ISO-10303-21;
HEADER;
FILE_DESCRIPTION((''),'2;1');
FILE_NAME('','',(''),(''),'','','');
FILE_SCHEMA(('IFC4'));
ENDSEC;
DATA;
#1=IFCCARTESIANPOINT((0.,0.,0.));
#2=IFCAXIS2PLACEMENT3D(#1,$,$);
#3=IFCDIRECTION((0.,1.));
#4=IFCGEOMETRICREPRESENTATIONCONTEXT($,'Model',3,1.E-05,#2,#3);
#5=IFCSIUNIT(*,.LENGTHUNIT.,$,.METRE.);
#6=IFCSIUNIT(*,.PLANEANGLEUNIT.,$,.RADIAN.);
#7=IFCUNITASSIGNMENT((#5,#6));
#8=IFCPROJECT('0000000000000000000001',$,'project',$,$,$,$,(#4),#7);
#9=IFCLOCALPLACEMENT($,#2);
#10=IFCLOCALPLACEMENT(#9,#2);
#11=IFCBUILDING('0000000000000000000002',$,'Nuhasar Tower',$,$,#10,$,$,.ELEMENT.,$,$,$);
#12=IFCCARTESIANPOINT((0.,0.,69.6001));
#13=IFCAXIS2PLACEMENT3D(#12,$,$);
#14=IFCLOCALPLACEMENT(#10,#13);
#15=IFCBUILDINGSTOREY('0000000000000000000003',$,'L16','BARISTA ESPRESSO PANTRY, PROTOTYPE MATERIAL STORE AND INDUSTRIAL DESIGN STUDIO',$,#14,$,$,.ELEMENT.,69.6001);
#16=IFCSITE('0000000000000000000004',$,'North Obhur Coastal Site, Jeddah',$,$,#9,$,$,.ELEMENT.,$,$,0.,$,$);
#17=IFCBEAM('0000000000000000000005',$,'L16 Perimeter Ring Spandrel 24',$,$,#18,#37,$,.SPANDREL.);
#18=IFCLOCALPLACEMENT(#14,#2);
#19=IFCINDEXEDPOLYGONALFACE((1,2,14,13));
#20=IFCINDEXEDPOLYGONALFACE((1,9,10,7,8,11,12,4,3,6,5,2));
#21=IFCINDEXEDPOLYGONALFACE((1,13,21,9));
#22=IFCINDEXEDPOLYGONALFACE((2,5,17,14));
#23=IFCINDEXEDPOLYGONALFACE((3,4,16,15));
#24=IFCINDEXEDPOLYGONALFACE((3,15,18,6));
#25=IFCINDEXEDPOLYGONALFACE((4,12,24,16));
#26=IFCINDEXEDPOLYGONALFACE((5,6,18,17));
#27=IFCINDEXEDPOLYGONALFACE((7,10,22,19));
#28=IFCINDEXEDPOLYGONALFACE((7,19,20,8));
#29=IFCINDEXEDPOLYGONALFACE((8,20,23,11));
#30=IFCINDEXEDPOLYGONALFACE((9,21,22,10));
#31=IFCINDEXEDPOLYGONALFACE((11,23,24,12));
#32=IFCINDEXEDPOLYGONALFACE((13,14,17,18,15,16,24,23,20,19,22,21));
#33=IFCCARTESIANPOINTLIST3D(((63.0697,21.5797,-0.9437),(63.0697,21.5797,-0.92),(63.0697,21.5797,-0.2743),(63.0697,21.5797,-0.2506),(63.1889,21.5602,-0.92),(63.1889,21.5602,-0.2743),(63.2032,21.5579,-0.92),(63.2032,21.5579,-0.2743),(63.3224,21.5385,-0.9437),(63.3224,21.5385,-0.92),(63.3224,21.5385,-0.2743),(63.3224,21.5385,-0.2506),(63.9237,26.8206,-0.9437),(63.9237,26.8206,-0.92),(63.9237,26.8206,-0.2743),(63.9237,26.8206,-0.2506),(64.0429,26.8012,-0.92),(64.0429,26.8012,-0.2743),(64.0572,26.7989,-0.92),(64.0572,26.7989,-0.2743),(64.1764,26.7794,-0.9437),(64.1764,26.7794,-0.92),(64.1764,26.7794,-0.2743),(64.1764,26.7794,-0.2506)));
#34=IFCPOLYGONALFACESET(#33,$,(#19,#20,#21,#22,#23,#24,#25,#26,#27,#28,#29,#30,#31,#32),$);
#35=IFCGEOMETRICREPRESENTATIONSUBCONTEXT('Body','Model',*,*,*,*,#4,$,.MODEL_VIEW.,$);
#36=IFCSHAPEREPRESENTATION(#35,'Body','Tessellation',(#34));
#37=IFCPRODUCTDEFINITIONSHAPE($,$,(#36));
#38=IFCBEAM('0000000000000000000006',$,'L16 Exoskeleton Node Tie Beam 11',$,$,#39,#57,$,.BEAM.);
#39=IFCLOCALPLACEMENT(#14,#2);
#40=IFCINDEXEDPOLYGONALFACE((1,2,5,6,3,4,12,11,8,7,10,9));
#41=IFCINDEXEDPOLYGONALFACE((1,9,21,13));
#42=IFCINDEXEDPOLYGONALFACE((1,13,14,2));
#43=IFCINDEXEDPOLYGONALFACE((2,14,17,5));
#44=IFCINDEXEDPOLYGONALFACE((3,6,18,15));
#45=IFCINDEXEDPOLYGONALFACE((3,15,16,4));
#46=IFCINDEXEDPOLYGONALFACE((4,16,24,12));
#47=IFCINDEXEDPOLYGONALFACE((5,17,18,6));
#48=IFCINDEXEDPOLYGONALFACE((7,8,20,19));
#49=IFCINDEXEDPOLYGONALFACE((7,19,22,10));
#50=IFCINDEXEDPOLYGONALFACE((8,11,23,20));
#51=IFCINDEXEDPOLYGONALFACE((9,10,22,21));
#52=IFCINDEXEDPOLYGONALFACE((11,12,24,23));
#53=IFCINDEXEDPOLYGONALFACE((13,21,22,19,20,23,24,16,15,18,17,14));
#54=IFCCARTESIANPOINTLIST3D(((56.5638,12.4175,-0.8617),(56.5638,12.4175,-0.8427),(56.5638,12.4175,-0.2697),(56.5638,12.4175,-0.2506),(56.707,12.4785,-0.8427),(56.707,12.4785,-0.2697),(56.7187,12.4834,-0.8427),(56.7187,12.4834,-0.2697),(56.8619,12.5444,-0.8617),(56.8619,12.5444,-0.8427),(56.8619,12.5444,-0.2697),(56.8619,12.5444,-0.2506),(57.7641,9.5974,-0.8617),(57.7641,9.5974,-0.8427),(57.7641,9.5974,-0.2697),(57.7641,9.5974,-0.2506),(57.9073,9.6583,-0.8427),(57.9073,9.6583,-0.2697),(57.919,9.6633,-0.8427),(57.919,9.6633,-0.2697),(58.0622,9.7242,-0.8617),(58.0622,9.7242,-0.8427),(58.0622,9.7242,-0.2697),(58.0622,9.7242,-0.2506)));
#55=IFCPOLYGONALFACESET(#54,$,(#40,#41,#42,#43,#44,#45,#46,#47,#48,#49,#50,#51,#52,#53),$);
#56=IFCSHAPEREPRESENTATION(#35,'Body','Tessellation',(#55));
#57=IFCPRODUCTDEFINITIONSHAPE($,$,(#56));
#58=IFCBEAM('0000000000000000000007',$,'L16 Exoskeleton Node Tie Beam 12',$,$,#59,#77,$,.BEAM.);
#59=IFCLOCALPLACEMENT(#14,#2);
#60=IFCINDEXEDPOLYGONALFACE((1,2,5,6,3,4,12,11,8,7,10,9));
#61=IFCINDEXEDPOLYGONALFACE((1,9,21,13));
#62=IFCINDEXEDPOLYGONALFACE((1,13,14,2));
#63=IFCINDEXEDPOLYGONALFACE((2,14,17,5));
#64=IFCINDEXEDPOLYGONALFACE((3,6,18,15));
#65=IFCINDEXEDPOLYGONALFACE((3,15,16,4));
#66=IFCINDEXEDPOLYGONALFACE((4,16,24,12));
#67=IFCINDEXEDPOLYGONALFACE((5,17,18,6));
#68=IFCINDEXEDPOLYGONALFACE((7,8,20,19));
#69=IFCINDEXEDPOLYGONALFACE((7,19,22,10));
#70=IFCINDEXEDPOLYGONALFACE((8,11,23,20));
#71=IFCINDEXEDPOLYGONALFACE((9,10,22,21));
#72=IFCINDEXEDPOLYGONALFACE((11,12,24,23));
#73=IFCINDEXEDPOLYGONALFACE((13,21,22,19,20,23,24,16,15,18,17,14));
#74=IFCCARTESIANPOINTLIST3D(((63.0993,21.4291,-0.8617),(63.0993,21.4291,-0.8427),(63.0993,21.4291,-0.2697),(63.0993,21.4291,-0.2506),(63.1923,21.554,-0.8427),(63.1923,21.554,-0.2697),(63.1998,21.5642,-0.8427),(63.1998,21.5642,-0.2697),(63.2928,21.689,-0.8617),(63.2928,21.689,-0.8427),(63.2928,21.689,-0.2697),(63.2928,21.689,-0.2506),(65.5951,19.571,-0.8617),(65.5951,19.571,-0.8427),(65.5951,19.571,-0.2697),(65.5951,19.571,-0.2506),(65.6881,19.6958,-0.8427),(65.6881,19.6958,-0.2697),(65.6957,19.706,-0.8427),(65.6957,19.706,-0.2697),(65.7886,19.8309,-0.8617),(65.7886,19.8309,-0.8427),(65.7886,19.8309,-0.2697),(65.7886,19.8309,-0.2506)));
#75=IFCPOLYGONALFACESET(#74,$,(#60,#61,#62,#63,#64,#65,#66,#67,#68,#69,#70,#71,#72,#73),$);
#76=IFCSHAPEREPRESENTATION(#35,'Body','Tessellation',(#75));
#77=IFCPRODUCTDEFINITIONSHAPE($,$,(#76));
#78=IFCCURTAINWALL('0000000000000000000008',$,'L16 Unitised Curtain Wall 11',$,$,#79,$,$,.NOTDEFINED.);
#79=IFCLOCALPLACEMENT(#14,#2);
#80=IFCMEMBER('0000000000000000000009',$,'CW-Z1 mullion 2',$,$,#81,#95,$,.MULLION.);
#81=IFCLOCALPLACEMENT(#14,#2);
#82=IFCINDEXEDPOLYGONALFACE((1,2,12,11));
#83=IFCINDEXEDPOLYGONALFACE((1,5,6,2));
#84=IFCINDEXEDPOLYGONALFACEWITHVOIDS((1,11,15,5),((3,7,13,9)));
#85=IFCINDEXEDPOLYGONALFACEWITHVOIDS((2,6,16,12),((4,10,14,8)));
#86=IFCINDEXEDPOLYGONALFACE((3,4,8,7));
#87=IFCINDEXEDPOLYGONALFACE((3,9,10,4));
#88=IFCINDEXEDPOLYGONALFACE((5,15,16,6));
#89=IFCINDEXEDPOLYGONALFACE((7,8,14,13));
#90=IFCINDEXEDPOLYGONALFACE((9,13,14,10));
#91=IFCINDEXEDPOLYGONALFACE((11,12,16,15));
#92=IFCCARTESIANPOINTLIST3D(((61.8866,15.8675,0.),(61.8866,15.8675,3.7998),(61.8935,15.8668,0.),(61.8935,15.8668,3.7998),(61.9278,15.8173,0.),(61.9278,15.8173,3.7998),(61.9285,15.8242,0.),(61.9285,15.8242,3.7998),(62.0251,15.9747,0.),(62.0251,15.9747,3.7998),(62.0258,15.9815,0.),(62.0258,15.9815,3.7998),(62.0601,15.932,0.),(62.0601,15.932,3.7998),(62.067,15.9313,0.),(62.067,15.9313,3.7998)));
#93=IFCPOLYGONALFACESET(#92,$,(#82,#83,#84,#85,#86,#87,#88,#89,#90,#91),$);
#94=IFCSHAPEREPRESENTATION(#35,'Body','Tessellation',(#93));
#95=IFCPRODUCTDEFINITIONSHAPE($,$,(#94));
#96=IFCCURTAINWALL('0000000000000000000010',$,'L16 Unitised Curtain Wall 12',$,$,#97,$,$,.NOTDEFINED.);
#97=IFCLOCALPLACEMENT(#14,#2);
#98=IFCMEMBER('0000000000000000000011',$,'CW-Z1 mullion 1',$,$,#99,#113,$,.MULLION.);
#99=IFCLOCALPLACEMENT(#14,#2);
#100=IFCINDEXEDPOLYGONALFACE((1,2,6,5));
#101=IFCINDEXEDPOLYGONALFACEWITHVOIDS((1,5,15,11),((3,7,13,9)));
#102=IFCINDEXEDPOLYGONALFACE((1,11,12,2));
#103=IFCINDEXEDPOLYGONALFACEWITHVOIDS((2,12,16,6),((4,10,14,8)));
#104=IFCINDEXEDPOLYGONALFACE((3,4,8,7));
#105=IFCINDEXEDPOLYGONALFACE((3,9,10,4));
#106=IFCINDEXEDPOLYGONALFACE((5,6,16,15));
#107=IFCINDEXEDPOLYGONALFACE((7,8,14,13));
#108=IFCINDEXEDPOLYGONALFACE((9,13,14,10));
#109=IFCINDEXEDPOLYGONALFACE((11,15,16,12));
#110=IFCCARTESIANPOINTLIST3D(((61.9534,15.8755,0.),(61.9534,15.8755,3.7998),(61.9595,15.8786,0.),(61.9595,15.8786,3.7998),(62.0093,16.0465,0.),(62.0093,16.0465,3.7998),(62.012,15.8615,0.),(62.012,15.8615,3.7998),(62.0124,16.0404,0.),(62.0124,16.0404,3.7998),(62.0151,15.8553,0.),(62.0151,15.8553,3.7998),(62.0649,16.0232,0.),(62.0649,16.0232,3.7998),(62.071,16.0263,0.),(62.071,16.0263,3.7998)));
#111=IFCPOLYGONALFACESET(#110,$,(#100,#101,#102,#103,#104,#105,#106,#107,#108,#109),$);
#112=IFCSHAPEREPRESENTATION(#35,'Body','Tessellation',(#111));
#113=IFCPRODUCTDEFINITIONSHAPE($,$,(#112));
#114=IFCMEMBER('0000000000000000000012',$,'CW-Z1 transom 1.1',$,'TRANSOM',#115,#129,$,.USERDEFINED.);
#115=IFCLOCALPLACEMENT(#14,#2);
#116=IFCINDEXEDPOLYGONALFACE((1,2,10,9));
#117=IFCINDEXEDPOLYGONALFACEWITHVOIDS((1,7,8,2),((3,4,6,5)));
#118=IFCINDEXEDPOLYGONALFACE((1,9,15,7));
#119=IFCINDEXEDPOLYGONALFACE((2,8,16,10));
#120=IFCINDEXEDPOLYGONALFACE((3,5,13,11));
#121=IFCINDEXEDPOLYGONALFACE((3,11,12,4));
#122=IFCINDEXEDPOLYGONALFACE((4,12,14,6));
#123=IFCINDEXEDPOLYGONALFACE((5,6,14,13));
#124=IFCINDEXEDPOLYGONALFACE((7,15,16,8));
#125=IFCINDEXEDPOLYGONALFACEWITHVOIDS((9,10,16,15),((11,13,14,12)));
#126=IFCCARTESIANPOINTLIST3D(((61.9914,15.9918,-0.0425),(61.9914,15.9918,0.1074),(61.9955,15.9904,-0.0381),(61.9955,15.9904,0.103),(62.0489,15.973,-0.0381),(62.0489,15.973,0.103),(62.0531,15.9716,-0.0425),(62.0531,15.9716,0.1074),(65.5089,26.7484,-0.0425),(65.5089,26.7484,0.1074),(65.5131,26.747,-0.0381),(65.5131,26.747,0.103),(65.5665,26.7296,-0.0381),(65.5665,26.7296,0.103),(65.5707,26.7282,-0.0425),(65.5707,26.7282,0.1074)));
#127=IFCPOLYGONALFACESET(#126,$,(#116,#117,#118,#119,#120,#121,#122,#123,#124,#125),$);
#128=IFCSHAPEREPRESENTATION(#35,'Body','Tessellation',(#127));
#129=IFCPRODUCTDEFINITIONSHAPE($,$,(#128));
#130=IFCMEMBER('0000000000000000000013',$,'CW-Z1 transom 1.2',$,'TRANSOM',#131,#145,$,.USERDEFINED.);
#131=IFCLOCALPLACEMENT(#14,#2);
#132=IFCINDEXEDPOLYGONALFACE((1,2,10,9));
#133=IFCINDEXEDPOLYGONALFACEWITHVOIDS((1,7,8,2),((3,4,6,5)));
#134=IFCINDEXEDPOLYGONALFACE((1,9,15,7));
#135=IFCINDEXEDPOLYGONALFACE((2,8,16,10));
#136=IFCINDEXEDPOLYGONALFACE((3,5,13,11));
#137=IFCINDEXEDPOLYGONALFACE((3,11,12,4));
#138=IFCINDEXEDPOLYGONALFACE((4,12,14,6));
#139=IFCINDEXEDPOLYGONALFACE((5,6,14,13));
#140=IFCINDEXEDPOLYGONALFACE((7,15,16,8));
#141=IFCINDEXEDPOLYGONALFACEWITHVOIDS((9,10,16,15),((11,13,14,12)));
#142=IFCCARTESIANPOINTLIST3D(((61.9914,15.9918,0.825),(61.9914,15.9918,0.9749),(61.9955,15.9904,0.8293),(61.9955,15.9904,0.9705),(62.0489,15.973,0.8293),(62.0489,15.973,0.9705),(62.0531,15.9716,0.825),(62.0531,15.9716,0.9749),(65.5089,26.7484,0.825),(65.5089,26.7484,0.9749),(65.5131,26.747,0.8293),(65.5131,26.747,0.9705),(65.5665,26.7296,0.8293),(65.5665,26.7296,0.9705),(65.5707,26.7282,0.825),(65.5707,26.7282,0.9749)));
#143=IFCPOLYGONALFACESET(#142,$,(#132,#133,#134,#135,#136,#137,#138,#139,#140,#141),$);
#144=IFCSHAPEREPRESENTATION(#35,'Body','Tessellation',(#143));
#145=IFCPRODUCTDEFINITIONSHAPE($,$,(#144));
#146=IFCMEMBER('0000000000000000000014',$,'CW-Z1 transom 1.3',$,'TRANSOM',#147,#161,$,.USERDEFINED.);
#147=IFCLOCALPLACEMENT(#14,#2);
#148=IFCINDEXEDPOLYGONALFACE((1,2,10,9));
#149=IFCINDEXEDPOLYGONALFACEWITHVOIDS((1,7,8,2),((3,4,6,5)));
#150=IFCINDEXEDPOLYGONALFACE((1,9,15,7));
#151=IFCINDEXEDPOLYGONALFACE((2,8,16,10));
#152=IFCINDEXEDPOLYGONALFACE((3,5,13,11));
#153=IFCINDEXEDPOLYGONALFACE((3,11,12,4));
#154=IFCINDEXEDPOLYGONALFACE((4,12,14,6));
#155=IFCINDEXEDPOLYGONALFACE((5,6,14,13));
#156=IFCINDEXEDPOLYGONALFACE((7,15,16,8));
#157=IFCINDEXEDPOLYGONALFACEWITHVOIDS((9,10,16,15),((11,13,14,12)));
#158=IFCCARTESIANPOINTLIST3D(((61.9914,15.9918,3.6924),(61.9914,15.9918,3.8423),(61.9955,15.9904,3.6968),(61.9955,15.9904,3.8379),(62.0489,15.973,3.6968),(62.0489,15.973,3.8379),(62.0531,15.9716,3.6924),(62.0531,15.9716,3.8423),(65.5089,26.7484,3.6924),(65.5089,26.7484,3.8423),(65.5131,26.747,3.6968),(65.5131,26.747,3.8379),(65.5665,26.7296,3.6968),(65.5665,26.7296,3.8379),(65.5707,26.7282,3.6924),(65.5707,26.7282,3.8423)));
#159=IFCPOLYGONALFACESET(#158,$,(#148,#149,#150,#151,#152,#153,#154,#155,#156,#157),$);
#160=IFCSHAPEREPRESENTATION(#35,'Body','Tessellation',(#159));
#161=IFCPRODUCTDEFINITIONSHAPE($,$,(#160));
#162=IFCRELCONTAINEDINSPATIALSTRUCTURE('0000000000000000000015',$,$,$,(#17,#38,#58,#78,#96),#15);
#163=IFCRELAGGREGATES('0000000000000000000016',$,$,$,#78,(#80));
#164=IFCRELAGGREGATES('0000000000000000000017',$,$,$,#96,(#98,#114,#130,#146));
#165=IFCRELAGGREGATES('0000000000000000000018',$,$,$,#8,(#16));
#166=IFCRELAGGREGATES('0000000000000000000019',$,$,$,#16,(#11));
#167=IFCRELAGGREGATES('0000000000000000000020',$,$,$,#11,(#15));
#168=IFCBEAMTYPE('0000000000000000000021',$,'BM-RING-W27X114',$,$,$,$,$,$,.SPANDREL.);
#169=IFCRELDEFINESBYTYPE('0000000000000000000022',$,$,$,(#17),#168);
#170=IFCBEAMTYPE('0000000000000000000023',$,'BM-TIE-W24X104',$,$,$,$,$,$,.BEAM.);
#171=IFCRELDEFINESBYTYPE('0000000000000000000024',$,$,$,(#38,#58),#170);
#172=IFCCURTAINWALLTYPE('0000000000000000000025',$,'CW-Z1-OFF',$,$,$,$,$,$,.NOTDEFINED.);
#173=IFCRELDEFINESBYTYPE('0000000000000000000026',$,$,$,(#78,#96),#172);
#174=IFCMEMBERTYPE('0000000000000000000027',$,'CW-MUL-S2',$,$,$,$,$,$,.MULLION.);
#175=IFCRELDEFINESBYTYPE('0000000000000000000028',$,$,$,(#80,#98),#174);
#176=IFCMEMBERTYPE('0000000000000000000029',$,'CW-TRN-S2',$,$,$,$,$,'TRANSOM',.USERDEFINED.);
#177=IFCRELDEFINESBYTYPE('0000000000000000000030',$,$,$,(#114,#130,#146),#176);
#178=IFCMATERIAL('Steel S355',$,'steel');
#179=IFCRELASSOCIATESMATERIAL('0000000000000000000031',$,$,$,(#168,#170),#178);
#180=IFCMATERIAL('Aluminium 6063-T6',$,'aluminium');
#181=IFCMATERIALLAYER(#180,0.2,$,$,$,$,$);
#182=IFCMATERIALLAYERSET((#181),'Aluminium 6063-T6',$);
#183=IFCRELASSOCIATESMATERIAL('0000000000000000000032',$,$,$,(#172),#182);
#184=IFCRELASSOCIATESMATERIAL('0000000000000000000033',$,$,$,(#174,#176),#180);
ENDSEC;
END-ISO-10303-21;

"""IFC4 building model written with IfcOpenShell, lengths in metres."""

from ifc_helpers import new_model, si_unit, direction, frame, origin, origin_2d, place, context, subcontext, project, spatial, hollow_rectangle, i_section, extrude, material, layer, layer_set, material_profile, profile_set, type_object, element, aggregate, save


model = new_model("IFC4")

# Units and contexts
model_context = context("Model", 3, precision=1e-05, world=origin(), true_north=direction((0.0, 1.0)))
body_context = subcontext(model_context, "Body", "Model", "MODEL_VIEW")
ifc_project = project(units=[si_unit("LENGTHUNIT", "METRE"), si_unit("PLANEANGLEUNIT", "RADIAN")], contexts=[model_context])

# Site, building, storey
site_placement = place(None, origin())
site = spatial("IfcSite", under=ifc_project, at=site_placement, Name="North Obhur Coastal Site, Jeddah", CompositionType="ELEMENT", RefElevation=0.0)
building_placement = place(site_placement, origin())
building = spatial("IfcBuilding", under=site, at=building_placement, Name="Nuhasar Tower", CompositionType="ELEMENT")
storey_placement = place(building_placement, frame((0.0, 0.0, 69.6001)))
storey = spatial("IfcBuildingStorey", under=building, at=storey_placement, Name="L16", Description="BARISTA ESPRESSO PANTRY, PROTOTYPE MATERIAL STORE AND INDUSTRIAL DESIGN STUDIO", CompositionType="ELEMENT", Elevation=69.6001)

# Beams
ifc_material_1 = material(Name="Steel S355", Category="steel")
ifc_material_profile_1 = material_profile(ifc_material_1, i_section(OverallWidth=0.2561, OverallDepth=0.6931, WebThickness=0.0144, FlangeThickness=0.0237, at=origin_2d()), Name="W27X114")
ifc_profile_set_1 = profile_set([ifc_material_profile_1], Name="Steel S355")
beam_type_1 = type_object("IfcBeamType", Name="BM-RING-W27X114", PredefinedType="SPANDREL", material=ifc_profile_set_1)
beam_1_placement = place(storey_placement, frame((63.196, 21.5591, -0.5972), z_axis=(0.160827, 0.986983, 0.0), x_axis=(-0.986983, 0.160827, 0.0)))
element("IfcBeam", 1, at=beam_1_placement, inside=storey, type_object=beam_type_1, Name="L16 Perimeter Ring Spandrel 24", PredefinedType="SPANDREL", context=body_context, shape_type="SweptSolid", body=[
    extrude(i_section(OverallWidth=0.2561, OverallDepth=0.6931, WebThickness=0.0144, FlangeThickness=0.0237, at=origin_2d()), origin(), (0.0, 0.0, 1.0), 5.3101),
])
ifc_material_profile_2 = material_profile(ifc_material_1, i_section(OverallWidth=0.324, OverallDepth=0.6111, WebThickness=0.0127, FlangeThickness=0.019, at=origin_2d()), Name="W24X104")
ifc_profile_set_2 = profile_set([ifc_material_profile_2], Name="Steel S355")
beam_type_2 = type_object("IfcBeamType", Name="BM-TIE-W24X104", PredefinedType="BEAM", material=ifc_profile_set_2)
beam_2_placement = place(storey_placement, frame((56.7129, 12.481, -0.5562), z_axis=(0.391601, -0.920135, 0.0), x_axis=(0.920135, 0.391601, 0.0)))
element("IfcBeam", 2, at=beam_2_placement, inside=storey, type_object=beam_type_2, Name="L16 Exoskeleton Node Tie Beam 11", PredefinedType="BEAM", context=body_context, shape_type="SweptSolid", body=[
    extrude(i_section(OverallWidth=0.324, OverallDepth=0.6111, WebThickness=0.0127, FlangeThickness=0.019, at=origin_2d()), origin(), (0.0, 0.0, 1.0), 3.0649),
])
beam_3_placement = place(storey_placement, frame((63.196, 21.5591, -0.5562), z_axis=(0.802113, -0.597172, 0.0), x_axis=(0.597172, 0.802113, 0.0)))
element("IfcBeam", 3, at=beam_3_placement, inside=storey, type_object=beam_type_2, Name="L16 Exoskeleton Node Tie Beam 12", PredefinedType="BEAM", context=body_context, shape_type="SweptSolid", body=[
    extrude(i_section(OverallWidth=0.324, OverallDepth=0.6111, WebThickness=0.0127, FlangeThickness=0.019, at=origin_2d()), origin(), (0.0, 0.0, 1.0), 3.1116),
])

# Curtain wall, member
ifc_material_2 = material(Name="Aluminium 6063-T6", Category="aluminium")
ifc_layer_1 = layer(ifc_material_2, 0.2)
ifc_layer_set_1 = layer_set([ifc_layer_1], Name="Aluminium 6063-T6")
curtain_wall_type = type_object("IfcCurtainWallType", Name="CW-Z1-OFF", PredefinedType="NOTDEFINED", material=ifc_layer_set_1)
curtain_wall_1_placement = place(storey_placement, origin())
curtain_wall_1 = element("IfcCurtainWall", 4, at=curtain_wall_1_placement, inside=storey, type_object=curtain_wall_type, Name="L16 Unitised Curtain Wall 11", PredefinedType="NOTDEFINED")
ifc_material_profile_3 = material_profile(ifc_material_2, hollow_rectangle(XDim=0.0649, YDim=0.1799, WallThickness=0.0049, at=origin_2d()), Name="CWM-2")
ifc_profile_set_3 = profile_set([ifc_material_profile_3], Name="Aluminium 6063-T6")
member_type_1 = type_object("IfcMemberType", Name="CW-MUL-S2", PredefinedType="MULLION", material=ifc_profile_set_3)
member_1_placement = place(storey_placement, frame((61.9768, 15.8994, 0.0), z_axis=(0.0, 0.0, 1.0), x_axis=(-0.633745, 0.773542, 0.0)))
member_1 = element("IfcMember", 5, at=member_1_placement, type_object=member_type_1, Name="CW-Z1 mullion 2", PredefinedType="MULLION", context=body_context, shape_type="SweptSolid", body=[
    extrude(hollow_rectangle(XDim=0.0649, YDim=0.1799, WallThickness=0.0049, at=origin_2d()), origin(), (0.0, 0.0, 1.0), 3.7998),
])

# Curtain wall, members
curtain_wall_2_placement = place(storey_placement, origin())
curtain_wall_2 = element("IfcCurtainWall", 6, at=curtain_wall_2_placement, inside=storey, type_object=curtain_wall_type, Name="L16 Unitised Curtain Wall 12", PredefinedType="NOTDEFINED")
member_2_placement = place(storey_placement, frame((62.0122, 15.9509, 0.0), z_axis=(0.0, 0.0, 1.0), x_axis=(-0.950468, 0.310824, 0.0)))
member_2 = element("IfcMember", 7, at=member_2_placement, type_object=member_type_1, Name="CW-Z1 mullion 1", PredefinedType="MULLION", context=body_context, shape_type="SweptSolid", body=[
    extrude(hollow_rectangle(XDim=0.0649, YDim=0.1799, WallThickness=0.0049, at=origin_2d()), origin(), (0.0, 0.0, 1.0), 3.7998),
])
ifc_material_profile_4 = material_profile(ifc_material_2, hollow_rectangle(XDim=0.0649, YDim=0.1499, WallThickness=0.0044, at=origin_2d()), Name="CWT-2")
ifc_profile_set_4 = profile_set([ifc_material_profile_4], Name="Aluminium 6063-T6")
member_type_2 = type_object("IfcMemberType", Name="CW-TRN-S2", ElementType="TRANSOM", PredefinedType="USERDEFINED", material=ifc_profile_set_4)
member_3_placement = place(storey_placement, frame((62.0222, 15.9817, 0.0325), z_axis=(0.310819, 0.950469, 0.0), x_axis=(-0.950469, 0.310819, 0.0)))
member_3 = element("IfcMember", 8, at=member_3_placement, type_object=member_type_2, Name="CW-Z1 transom 1.1", ObjectType="TRANSOM", PredefinedType="USERDEFINED", context=body_context, shape_type="SweptSolid", body=[
    extrude(hollow_rectangle(XDim=0.0649, YDim=0.1499, WallThickness=0.0044, at=origin_2d()), origin(), (0.0, 0.0, 1.0), 11.3171),
])
member_4_placement = place(storey_placement, frame((62.0222, 15.9817, 0.8999), z_axis=(0.310819, 0.950469, 0.0), x_axis=(-0.950469, 0.310819, 0.0)))
member_4 = element("IfcMember", 9, at=member_4_placement, type_object=member_type_2, Name="CW-Z1 transom 1.2", ObjectType="TRANSOM", PredefinedType="USERDEFINED", context=body_context, shape_type="SweptSolid", body=[
    extrude(hollow_rectangle(XDim=0.0649, YDim=0.1499, WallThickness=0.0044, at=origin_2d()), origin(), (0.0, 0.0, 1.0), 11.3171),
])
member_5_placement = place(storey_placement, frame((62.0222, 15.9817, 3.7673), z_axis=(0.310819, 0.950469, 0.0), x_axis=(-0.950469, 0.310819, 0.0)))
member_5 = element("IfcMember", 10, at=member_5_placement, type_object=member_type_2, Name="CW-Z1 transom 1.3", ObjectType="TRANSOM", PredefinedType="USERDEFINED", context=body_context, shape_type="SweptSolid", body=[
    extrude(hollow_rectangle(XDim=0.0649, YDim=0.1499, WallThickness=0.0044, at=origin_2d()), origin(), (0.0, 0.0, 1.0), 11.3171),
])

aggregate(curtain_wall_1, [member_1])
aggregate(curtain_wall_2, [member_2, member_3, member_4, member_5])

save(model, "model.ifc")
